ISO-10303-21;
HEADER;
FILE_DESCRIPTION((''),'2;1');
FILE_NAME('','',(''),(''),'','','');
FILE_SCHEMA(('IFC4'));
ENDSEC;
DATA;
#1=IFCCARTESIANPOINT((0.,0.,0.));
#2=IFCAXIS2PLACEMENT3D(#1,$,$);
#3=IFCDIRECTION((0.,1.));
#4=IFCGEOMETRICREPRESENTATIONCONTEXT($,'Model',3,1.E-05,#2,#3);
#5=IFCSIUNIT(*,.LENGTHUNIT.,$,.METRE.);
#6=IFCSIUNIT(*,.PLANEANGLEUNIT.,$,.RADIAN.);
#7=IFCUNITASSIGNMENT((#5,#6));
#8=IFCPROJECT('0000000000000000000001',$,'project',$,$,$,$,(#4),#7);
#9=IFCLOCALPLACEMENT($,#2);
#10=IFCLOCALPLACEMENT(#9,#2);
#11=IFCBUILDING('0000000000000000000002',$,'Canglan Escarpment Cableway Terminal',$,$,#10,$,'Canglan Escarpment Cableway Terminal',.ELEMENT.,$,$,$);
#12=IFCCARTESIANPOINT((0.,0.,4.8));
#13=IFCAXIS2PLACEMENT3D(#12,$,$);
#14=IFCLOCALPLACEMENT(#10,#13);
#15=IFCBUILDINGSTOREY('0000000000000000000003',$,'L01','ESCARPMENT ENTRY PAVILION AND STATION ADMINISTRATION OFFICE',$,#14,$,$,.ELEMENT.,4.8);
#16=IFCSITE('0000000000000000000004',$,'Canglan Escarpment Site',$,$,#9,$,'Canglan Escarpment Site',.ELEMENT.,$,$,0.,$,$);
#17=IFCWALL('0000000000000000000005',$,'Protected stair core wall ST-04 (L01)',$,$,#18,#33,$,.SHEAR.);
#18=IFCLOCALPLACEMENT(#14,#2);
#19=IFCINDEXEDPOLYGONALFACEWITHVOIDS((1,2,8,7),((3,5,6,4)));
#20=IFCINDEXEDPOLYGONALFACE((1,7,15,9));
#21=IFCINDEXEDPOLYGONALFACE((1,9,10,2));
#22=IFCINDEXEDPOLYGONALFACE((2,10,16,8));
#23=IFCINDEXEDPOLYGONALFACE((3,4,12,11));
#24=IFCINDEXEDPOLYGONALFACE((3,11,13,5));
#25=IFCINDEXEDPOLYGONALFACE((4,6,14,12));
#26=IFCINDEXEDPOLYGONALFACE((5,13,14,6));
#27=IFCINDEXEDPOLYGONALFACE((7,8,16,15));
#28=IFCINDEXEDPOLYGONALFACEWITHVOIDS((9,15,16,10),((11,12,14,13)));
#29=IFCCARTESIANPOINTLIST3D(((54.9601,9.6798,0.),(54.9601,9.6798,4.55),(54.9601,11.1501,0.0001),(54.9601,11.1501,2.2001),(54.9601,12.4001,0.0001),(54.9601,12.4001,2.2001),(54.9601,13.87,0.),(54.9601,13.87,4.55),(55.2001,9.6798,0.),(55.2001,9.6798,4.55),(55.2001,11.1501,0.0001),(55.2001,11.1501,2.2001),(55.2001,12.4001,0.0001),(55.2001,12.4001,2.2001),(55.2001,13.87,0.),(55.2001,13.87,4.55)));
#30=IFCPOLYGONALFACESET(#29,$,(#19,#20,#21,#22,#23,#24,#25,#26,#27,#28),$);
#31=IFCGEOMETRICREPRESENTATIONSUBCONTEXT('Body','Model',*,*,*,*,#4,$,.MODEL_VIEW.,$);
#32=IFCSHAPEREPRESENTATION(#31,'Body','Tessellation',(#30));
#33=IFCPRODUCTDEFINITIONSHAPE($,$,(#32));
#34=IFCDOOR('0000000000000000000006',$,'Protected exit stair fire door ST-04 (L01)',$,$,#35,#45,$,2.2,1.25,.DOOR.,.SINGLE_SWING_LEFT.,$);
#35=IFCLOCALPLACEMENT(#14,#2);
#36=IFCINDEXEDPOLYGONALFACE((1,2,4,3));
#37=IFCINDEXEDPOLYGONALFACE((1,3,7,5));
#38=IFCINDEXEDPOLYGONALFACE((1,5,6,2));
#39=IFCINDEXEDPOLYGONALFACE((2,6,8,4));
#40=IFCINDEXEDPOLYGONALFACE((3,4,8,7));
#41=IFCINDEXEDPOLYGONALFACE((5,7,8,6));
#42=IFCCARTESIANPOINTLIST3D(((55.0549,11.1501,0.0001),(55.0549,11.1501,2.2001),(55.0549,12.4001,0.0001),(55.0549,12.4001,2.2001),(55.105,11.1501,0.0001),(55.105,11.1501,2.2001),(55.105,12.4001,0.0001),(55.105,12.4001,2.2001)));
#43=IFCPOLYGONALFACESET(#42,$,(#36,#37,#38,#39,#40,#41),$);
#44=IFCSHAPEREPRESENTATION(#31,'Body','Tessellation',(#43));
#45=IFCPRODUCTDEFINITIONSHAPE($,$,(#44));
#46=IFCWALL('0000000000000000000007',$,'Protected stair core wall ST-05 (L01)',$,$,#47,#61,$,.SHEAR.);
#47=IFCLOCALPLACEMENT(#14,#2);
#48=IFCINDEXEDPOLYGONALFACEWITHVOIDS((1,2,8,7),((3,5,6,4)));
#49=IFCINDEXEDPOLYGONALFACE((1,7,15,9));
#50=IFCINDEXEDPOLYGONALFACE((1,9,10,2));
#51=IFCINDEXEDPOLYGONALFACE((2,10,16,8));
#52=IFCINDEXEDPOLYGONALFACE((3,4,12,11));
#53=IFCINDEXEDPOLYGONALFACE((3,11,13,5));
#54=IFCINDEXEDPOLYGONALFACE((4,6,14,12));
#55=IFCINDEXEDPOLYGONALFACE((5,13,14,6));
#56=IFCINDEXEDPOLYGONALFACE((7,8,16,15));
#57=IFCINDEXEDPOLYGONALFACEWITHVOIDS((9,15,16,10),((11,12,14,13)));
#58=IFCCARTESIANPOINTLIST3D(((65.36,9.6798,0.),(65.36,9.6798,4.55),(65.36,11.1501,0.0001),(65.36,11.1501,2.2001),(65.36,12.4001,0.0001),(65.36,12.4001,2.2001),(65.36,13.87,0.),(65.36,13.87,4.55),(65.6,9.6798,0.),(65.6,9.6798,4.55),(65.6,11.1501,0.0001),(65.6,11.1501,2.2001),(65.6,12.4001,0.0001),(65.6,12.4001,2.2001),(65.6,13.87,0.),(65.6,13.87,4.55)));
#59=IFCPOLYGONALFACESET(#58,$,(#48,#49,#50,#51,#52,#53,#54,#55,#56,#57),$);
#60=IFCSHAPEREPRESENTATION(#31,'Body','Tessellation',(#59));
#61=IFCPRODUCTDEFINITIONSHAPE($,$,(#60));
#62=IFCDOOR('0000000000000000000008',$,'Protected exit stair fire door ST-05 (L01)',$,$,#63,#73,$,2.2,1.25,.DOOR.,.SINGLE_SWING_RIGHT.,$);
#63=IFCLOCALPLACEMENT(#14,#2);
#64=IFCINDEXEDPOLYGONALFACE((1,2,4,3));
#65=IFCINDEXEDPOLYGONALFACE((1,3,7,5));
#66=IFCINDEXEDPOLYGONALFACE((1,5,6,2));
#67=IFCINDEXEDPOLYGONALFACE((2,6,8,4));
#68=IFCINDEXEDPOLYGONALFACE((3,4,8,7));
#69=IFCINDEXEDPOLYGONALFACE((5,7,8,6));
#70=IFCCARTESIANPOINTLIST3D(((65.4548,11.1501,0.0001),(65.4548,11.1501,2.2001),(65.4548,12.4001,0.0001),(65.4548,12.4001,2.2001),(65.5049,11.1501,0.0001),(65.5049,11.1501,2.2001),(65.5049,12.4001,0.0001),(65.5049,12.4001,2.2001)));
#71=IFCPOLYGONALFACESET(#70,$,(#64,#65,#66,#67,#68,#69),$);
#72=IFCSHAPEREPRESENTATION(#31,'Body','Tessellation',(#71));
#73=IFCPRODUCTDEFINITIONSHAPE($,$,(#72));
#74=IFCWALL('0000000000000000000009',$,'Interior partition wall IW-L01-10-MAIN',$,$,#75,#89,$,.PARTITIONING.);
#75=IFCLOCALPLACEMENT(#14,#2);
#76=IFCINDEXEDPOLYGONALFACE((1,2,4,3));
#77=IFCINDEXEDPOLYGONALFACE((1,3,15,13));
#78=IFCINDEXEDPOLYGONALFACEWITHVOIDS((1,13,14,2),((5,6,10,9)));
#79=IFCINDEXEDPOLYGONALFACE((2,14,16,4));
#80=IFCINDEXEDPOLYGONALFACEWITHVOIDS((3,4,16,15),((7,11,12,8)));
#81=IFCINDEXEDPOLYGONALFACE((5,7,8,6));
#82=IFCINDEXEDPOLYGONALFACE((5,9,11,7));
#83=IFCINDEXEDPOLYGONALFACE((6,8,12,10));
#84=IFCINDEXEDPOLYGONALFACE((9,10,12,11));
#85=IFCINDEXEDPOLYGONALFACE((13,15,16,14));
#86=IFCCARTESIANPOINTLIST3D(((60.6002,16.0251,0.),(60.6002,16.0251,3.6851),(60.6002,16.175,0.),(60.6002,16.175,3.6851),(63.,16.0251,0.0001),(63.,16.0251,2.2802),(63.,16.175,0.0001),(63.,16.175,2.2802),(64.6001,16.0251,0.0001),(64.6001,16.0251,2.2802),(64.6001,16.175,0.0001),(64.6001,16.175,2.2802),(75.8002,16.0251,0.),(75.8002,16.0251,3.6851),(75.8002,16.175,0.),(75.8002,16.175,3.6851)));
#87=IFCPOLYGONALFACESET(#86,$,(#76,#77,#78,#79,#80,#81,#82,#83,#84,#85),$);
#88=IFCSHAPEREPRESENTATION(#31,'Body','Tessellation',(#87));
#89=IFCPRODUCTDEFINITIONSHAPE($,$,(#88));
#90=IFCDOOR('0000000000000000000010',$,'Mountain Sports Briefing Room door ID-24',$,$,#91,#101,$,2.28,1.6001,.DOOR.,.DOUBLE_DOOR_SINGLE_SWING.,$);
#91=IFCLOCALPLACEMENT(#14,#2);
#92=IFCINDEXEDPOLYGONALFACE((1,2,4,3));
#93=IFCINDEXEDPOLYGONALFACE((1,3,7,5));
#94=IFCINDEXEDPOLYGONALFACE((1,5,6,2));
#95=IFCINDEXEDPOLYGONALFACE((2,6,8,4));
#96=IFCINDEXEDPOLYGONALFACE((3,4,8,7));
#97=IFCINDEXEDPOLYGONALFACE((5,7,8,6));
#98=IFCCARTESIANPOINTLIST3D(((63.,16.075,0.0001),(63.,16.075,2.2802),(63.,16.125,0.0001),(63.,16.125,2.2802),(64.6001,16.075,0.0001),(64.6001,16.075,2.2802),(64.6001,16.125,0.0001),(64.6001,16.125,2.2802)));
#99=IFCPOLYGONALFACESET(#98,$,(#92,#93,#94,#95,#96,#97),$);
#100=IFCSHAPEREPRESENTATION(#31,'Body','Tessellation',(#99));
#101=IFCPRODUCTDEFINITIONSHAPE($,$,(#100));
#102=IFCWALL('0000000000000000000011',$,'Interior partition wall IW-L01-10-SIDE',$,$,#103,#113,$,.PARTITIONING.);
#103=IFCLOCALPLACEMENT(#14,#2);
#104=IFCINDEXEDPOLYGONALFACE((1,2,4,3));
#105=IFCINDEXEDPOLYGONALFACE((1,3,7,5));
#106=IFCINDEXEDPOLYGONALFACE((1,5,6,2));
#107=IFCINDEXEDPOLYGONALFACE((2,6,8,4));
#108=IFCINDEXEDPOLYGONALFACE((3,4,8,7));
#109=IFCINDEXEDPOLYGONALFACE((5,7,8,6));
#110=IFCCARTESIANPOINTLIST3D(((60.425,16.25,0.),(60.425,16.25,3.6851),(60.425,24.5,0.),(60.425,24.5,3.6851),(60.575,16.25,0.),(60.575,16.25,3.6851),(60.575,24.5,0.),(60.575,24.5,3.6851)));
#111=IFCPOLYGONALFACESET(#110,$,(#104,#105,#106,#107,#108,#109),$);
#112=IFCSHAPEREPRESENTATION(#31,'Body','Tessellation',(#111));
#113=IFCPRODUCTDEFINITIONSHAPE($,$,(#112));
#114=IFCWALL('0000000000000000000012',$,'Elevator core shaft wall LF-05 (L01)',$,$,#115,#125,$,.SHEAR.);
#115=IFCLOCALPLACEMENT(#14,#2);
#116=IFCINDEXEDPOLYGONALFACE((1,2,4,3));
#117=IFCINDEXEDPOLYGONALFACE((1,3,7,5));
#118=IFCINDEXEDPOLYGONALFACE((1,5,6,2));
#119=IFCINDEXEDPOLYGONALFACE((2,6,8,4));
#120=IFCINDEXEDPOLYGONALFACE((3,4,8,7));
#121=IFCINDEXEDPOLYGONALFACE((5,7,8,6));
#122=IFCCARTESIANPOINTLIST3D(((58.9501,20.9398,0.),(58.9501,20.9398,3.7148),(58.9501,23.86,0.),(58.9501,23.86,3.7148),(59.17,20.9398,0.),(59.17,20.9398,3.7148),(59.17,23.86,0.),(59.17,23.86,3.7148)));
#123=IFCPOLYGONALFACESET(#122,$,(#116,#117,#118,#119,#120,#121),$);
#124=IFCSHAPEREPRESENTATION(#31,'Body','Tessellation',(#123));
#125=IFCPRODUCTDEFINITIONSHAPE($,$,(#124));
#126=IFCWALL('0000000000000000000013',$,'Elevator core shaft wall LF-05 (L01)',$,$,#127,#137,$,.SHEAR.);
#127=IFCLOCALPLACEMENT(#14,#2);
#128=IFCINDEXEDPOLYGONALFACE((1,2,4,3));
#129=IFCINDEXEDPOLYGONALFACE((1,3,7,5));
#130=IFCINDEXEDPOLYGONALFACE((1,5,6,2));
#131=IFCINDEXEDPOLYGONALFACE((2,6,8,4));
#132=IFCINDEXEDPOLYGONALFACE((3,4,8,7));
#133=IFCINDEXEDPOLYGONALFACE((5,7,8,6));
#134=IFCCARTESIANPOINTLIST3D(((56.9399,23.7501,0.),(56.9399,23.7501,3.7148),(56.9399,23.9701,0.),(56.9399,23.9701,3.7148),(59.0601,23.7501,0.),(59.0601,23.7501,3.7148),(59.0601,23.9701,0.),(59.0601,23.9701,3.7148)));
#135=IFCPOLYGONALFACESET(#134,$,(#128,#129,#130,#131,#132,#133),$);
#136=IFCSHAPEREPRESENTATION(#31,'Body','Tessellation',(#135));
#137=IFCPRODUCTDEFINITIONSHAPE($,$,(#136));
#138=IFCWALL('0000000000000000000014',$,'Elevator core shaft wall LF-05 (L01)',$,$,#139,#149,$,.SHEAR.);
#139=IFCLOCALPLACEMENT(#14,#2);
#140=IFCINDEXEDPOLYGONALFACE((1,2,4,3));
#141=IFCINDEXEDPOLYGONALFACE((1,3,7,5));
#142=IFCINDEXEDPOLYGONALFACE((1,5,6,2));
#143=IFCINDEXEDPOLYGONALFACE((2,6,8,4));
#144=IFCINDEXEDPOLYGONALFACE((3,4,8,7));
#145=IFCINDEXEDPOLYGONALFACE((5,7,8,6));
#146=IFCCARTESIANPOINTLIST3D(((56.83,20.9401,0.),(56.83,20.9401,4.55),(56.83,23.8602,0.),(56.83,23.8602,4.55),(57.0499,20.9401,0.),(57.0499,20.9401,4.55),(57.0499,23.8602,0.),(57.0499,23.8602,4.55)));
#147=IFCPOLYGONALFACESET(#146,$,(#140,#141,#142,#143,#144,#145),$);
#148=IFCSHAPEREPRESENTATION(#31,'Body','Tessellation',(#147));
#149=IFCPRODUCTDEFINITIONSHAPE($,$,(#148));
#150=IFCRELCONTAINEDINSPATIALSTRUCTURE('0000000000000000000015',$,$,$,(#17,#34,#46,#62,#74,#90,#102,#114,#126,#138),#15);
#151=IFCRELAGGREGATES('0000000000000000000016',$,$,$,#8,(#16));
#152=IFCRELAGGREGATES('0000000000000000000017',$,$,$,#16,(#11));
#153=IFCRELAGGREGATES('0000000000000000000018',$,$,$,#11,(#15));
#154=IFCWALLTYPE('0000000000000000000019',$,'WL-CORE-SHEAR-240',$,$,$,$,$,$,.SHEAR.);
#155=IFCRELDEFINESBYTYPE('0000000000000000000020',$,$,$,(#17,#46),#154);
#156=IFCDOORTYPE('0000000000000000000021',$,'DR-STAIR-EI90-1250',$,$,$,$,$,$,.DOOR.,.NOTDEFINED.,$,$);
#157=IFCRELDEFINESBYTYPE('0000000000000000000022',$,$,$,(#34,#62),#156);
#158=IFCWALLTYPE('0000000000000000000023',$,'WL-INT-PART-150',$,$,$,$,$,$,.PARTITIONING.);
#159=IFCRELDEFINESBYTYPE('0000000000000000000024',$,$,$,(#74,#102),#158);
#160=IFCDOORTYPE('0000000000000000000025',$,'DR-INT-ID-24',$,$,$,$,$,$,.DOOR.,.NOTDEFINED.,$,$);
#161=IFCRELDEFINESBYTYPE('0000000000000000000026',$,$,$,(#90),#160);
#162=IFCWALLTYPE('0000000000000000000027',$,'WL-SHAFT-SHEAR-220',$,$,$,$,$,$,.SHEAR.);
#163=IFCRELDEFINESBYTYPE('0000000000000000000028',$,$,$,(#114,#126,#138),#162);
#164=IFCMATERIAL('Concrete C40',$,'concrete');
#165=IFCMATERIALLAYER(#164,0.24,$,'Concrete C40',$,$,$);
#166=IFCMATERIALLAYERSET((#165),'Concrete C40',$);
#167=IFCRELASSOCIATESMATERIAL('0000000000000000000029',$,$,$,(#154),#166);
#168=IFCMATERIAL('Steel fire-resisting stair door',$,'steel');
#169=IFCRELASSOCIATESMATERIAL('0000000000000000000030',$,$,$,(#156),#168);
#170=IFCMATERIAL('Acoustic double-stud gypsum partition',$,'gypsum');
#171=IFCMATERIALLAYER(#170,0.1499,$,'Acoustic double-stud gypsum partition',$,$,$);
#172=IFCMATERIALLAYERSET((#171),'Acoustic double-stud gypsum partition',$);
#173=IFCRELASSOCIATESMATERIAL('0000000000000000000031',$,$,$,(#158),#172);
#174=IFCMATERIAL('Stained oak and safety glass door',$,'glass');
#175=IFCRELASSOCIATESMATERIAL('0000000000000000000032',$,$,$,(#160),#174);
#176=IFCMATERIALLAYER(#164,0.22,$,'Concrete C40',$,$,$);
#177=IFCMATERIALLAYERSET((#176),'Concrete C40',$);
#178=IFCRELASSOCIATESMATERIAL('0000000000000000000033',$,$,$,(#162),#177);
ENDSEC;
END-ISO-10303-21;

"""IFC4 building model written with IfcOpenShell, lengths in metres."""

from ifc_helpers import new_model, si_unit, direction, frame, frame_2d, origin, place, context, subcontext, project, spatial, rectangle, extrude, material, layer, layer_set, type_object, element, fill, save


model = new_model("IFC4")

# Units and contexts
model_context = context("Model", 3, precision=1e-05, world=origin(), true_north=direction((0.0, 1.0)))
body_context = subcontext(model_context, "Body", "Model", "MODEL_VIEW")
ifc_project = project(units=[si_unit("LENGTHUNIT", "METRE"), si_unit("PLANEANGLEUNIT", "RADIAN")], contexts=[model_context])

# Site, building, storey
site_placement = place(None, origin())
site = spatial("IfcSite", under=ifc_project, at=site_placement, Name="Canglan Escarpment Site", LongName="Canglan Escarpment Site", CompositionType="ELEMENT", RefElevation=0.0)
building_placement = place(site_placement, origin())
building = spatial("IfcBuilding", under=site, at=building_placement, Name="Canglan Escarpment Cableway Terminal", LongName="Canglan Escarpment Cableway Terminal", CompositionType="ELEMENT")
storey_placement = place(building_placement, frame((0.0, 0.0, 4.8)))
storey = spatial("IfcBuildingStorey", under=building, at=storey_placement, Name="L01", Description="ESCARPMENT ENTRY PAVILION AND STATION ADMINISTRATION OFFICE", CompositionType="ELEMENT", Elevation=4.8)

# Shared definitions
ifc_material_1 = material(Name="Concrete C40", Category="concrete")

# Shared definitions
ifc_layer_1 = layer(ifc_material_1, 0.24, Name="Concrete C40")
ifc_layer_set_1 = layer_set([ifc_layer_1], Name="Concrete C40")
wall_type_1 = type_object("IfcWallType", Name="WL-CORE-SHEAR-240", PredefinedType="SHEAR", material=ifc_layer_set_1)

# Walls, openings, doors
wall_1_placement = place(storey_placement, frame((55.0801, 13.8701, 0.0), z_axis=(0.0, 0.0, 1.0), x_axis=(0.0, -1.0, 0.0)))
wall_1 = element("IfcWall", 1, at=wall_1_placement, inside=storey, type_object=wall_type_1, Name="Protected stair core wall ST-04 (L01)", PredefinedType="SHEAR", context=body_context, shape_type="SweptSolid", body=[
    extrude(rectangle(XDim=4.1902, YDim=0.24, at=frame_2d((2.0952, 0.0))), origin(), (0.0, 0.0, 1.0), 4.55),
])
opening_1_placement = place(wall_1_placement, frame((1.47, 0.0, 0.0)))
opening_1 = element("IfcOpeningElement", 2, at=opening_1_placement, cuts=wall_1, PredefinedType="OPENING", context=body_context, shape_type="SweptSolid", body=[
    extrude(rectangle(XDim=1.25, YDim=2.2, at=frame_2d((0.625, 1.1001))), frame((0.0, 0.1299, 0.0), z_axis=(0.0, -1.0, 0.0), x_axis=(1.0, 0.0, 0.0)), (0.0, 0.0, 1.0), 0.26),
])
ifc_material_2 = material(Name="Steel fire-resisting stair door", Category="steel")
door_type_1 = type_object("IfcDoorType", Name="DR-STAIR-EI90-1250", OperationType="NOTDEFINED", PredefinedType="DOOR", material=ifc_material_2)
door_1_placement = place(opening_1_placement, origin())
door_1 = element("IfcDoor", 3, at=door_1_placement, inside=storey, type_object=door_type_1, Name="Protected exit stair fire door ST-04 (L01)", OperationType="SINGLE_SWING_LEFT", OverallHeight=2.2, OverallWidth=1.25, PredefinedType="DOOR", context=body_context, shape_type="SweptSolid", body=[
    extrude(rectangle(XDim=1.25, YDim=2.2, at=frame_2d((0.625, 1.1001))), frame((0.0, 0.0249, 0.0), z_axis=(0.0, -1.0, 0.0), x_axis=(1.0, 0.0, 0.0)), (0.0, 0.0, 1.0), 0.05),
])
fill(opening_1, door_1)
wall_2_placement = place(storey_placement, frame((65.48, 13.8701, 0.0), z_axis=(0.0, 0.0, 1.0), x_axis=(0.0, -1.0, 0.0)))
wall_2 = element("IfcWall", 4, at=wall_2_placement, inside=storey, type_object=wall_type_1, Name="Protected stair core wall ST-05 (L01)", PredefinedType="SHEAR", context=body_context, shape_type="SweptSolid", body=[
    extrude(rectangle(XDim=4.1902, YDim=0.24, at=frame_2d((2.0952, 0.0))), origin(), (0.0, 0.0, 1.0), 4.55),
])
opening_2_placement = place(wall_2_placement, frame((1.47, 0.0, 0.0)))
opening_2 = element("IfcOpeningElement", 5, at=opening_2_placement, cuts=wall_2, PredefinedType="OPENING", context=body_context, shape_type="SweptSolid", body=[
    extrude(rectangle(XDim=1.25, YDim=2.2, at=frame_2d((0.625, 1.1001))), frame((0.0, 0.1299, 0.0), z_axis=(0.0, -1.0, 0.0), x_axis=(1.0, 0.0, 0.0)), (0.0, 0.0, 1.0), 0.26),
])
door_2_placement = place(opening_2_placement, origin())
door_2 = element("IfcDoor", 6, at=door_2_placement, inside=storey, type_object=door_type_1, Name="Protected exit stair fire door ST-05 (L01)", OperationType="SINGLE_SWING_RIGHT", OverallHeight=2.2, OverallWidth=1.25, PredefinedType="DOOR", context=body_context, shape_type="SweptSolid", body=[
    extrude(rectangle(XDim=1.25, YDim=2.2, at=frame_2d((0.625, 1.1001))), frame((0.0, 0.0249, 0.0), z_axis=(0.0, -1.0, 0.0), x_axis=(1.0, 0.0, 0.0)), (0.0, 0.0, 1.0), 0.05),
])
fill(opening_2, door_2)
ifc_material_3 = material(Name="Acoustic double-stud gypsum partition", Category="gypsum")
ifc_layer_2 = layer(ifc_material_3, 0.1499, Name="Acoustic double-stud gypsum partition")
ifc_layer_set_2 = layer_set([ifc_layer_2], Name="Acoustic double-stud gypsum partition")
wall_type_2 = type_object("IfcWallType", Name="WL-INT-PART-150", PredefinedType="PARTITIONING", material=ifc_layer_set_2)
wall_3_placement = place(storey_placement, frame((60.6001, 16.1001, 0.0), z_axis=(0.0, 0.0, 1.0), x_axis=(1.0, 0.0, 0.0)))
wall_3 = element("IfcWall", 7, at=wall_3_placement, inside=storey, type_object=wall_type_2, Name="Interior partition wall IW-L01-10-MAIN", PredefinedType="PARTITIONING", context=body_context, shape_type="SweptSolid", body=[
    extrude(rectangle(XDim=15.2, YDim=0.1499, at=frame_2d((7.6001, 0.0))), origin(), (0.0, 0.0, 1.0), 3.6851),
])
opening_3_placement = place(wall_3_placement, frame((2.3999, 0.0, 0.0)))
opening_3 = element("IfcOpeningElement", 8, at=opening_3_placement, cuts=wall_3, PredefinedType="OPENING", context=body_context, shape_type="SweptSolid", body=[
    extrude(rectangle(XDim=1.6001, YDim=2.28, at=frame_2d((0.8, 1.1401))), frame((0.0, 0.085, 0.0), z_axis=(0.0, -1.0, 0.0), x_axis=(1.0, 0.0, 0.0)), (0.0, 0.0, 1.0), 0.1699),
])
ifc_material_4 = material(Name="Stained oak and safety glass door", Category="glass")
door_type_2 = type_object("IfcDoorType", Name="DR-INT-ID-24", OperationType="NOTDEFINED", PredefinedType="DOOR", material=ifc_material_4)
door_3_placement = place(opening_3_placement, origin())
door_3 = element("IfcDoor", 9, at=door_3_placement, inside=storey, type_object=door_type_2, Name="Mountain Sports Briefing Room door ID-24", OperationType="DOUBLE_DOOR_SINGLE_SWING", OverallHeight=2.28, OverallWidth=1.6001, PredefinedType="DOOR", context=body_context, shape_type="SweptSolid", body=[
    extrude(rectangle(XDim=1.6001, YDim=2.28, at=frame_2d((0.8, 1.1401))), frame((0.0, 0.0249, 0.0), z_axis=(0.0, -1.0, 0.0), x_axis=(1.0, 0.0, 0.0)), (0.0, 0.0, 1.0), 0.05),
])
fill(opening_3, door_3)

# Wall
wall_4_placement = place(storey_placement, frame((60.5, 16.25, 0.0), z_axis=(0.0, 0.0, 1.0), x_axis=(0.0, 1.0, 0.0)))
element("IfcWall", 10, at=wall_4_placement, inside=storey, type_object=wall_type_2, Name="Interior partition wall IW-L01-10-SIDE", PredefinedType="PARTITIONING", context=body_context, shape_type="SweptSolid", body=[
    extrude(rectangle(XDim=8.25, YDim=0.1499, at=frame_2d((4.125, 0.0))), origin(), (0.0, 0.0, 1.0), 3.6851),
])

# Shared definitions
ifc_layer_3 = layer(ifc_material_1, 0.22, Name="Concrete C40")
ifc_layer_set_3 = layer_set([ifc_layer_3], Name="Concrete C40")
wall_type_3 = type_object("IfcWallType", Name="WL-SHAFT-SHEAR-220", PredefinedType="SHEAR", material=ifc_layer_set_3)

# Walls
wall_5_placement = place(storey_placement, frame((59.0601, 20.9399, 0.0), z_axis=(0.0, 0.0, 1.0), x_axis=(0.0, 1.0, 0.0)))
element("IfcWall", 11, at=wall_5_placement, inside=storey, type_object=wall_type_3, Name="Elevator core shaft wall LF-05 (L01)", PredefinedType="SHEAR", context=body_context, shape_type="SweptSolid", body=[
    extrude(rectangle(XDim=2.9202, YDim=0.22, at=frame_2d((1.46, 0.0))), origin(), (0.0, 0.0, 1.0), 3.7148),
])
wall_6_placement = place(storey_placement, frame((59.0601, 23.8601, 0.0), z_axis=(0.0, 0.0, 1.0), x_axis=(-1.0, 0.0, 0.0)))
element("IfcWall", 12, at=wall_6_placement, inside=storey, type_object=wall_type_3, Name="Elevator core shaft wall LF-05 (L01)", PredefinedType="SHEAR", context=body_context, shape_type="SweptSolid", body=[
    extrude(rectangle(XDim=2.1201, YDim=0.22, at=frame_2d((1.0601, 0.0))), origin(), (0.0, 0.0, 1.0), 3.7148),
])
wall_7_placement = place(storey_placement, frame((56.9399, 23.8601, 0.0), z_axis=(0.0, 0.0, 1.0), x_axis=(0.0, -1.0, 0.0)))
element("IfcWall", 13, at=wall_7_placement, inside=storey, type_object=wall_type_3, Name="Elevator core shaft wall LF-05 (L01)", PredefinedType="SHEAR", context=body_context, shape_type="SweptSolid", body=[
    extrude(rectangle(XDim=2.9202, YDim=0.22, at=frame_2d((1.46, 0.0))), origin(), (0.0, 0.0, 1.0), 4.55),
])

save(model, "model.ifc")
